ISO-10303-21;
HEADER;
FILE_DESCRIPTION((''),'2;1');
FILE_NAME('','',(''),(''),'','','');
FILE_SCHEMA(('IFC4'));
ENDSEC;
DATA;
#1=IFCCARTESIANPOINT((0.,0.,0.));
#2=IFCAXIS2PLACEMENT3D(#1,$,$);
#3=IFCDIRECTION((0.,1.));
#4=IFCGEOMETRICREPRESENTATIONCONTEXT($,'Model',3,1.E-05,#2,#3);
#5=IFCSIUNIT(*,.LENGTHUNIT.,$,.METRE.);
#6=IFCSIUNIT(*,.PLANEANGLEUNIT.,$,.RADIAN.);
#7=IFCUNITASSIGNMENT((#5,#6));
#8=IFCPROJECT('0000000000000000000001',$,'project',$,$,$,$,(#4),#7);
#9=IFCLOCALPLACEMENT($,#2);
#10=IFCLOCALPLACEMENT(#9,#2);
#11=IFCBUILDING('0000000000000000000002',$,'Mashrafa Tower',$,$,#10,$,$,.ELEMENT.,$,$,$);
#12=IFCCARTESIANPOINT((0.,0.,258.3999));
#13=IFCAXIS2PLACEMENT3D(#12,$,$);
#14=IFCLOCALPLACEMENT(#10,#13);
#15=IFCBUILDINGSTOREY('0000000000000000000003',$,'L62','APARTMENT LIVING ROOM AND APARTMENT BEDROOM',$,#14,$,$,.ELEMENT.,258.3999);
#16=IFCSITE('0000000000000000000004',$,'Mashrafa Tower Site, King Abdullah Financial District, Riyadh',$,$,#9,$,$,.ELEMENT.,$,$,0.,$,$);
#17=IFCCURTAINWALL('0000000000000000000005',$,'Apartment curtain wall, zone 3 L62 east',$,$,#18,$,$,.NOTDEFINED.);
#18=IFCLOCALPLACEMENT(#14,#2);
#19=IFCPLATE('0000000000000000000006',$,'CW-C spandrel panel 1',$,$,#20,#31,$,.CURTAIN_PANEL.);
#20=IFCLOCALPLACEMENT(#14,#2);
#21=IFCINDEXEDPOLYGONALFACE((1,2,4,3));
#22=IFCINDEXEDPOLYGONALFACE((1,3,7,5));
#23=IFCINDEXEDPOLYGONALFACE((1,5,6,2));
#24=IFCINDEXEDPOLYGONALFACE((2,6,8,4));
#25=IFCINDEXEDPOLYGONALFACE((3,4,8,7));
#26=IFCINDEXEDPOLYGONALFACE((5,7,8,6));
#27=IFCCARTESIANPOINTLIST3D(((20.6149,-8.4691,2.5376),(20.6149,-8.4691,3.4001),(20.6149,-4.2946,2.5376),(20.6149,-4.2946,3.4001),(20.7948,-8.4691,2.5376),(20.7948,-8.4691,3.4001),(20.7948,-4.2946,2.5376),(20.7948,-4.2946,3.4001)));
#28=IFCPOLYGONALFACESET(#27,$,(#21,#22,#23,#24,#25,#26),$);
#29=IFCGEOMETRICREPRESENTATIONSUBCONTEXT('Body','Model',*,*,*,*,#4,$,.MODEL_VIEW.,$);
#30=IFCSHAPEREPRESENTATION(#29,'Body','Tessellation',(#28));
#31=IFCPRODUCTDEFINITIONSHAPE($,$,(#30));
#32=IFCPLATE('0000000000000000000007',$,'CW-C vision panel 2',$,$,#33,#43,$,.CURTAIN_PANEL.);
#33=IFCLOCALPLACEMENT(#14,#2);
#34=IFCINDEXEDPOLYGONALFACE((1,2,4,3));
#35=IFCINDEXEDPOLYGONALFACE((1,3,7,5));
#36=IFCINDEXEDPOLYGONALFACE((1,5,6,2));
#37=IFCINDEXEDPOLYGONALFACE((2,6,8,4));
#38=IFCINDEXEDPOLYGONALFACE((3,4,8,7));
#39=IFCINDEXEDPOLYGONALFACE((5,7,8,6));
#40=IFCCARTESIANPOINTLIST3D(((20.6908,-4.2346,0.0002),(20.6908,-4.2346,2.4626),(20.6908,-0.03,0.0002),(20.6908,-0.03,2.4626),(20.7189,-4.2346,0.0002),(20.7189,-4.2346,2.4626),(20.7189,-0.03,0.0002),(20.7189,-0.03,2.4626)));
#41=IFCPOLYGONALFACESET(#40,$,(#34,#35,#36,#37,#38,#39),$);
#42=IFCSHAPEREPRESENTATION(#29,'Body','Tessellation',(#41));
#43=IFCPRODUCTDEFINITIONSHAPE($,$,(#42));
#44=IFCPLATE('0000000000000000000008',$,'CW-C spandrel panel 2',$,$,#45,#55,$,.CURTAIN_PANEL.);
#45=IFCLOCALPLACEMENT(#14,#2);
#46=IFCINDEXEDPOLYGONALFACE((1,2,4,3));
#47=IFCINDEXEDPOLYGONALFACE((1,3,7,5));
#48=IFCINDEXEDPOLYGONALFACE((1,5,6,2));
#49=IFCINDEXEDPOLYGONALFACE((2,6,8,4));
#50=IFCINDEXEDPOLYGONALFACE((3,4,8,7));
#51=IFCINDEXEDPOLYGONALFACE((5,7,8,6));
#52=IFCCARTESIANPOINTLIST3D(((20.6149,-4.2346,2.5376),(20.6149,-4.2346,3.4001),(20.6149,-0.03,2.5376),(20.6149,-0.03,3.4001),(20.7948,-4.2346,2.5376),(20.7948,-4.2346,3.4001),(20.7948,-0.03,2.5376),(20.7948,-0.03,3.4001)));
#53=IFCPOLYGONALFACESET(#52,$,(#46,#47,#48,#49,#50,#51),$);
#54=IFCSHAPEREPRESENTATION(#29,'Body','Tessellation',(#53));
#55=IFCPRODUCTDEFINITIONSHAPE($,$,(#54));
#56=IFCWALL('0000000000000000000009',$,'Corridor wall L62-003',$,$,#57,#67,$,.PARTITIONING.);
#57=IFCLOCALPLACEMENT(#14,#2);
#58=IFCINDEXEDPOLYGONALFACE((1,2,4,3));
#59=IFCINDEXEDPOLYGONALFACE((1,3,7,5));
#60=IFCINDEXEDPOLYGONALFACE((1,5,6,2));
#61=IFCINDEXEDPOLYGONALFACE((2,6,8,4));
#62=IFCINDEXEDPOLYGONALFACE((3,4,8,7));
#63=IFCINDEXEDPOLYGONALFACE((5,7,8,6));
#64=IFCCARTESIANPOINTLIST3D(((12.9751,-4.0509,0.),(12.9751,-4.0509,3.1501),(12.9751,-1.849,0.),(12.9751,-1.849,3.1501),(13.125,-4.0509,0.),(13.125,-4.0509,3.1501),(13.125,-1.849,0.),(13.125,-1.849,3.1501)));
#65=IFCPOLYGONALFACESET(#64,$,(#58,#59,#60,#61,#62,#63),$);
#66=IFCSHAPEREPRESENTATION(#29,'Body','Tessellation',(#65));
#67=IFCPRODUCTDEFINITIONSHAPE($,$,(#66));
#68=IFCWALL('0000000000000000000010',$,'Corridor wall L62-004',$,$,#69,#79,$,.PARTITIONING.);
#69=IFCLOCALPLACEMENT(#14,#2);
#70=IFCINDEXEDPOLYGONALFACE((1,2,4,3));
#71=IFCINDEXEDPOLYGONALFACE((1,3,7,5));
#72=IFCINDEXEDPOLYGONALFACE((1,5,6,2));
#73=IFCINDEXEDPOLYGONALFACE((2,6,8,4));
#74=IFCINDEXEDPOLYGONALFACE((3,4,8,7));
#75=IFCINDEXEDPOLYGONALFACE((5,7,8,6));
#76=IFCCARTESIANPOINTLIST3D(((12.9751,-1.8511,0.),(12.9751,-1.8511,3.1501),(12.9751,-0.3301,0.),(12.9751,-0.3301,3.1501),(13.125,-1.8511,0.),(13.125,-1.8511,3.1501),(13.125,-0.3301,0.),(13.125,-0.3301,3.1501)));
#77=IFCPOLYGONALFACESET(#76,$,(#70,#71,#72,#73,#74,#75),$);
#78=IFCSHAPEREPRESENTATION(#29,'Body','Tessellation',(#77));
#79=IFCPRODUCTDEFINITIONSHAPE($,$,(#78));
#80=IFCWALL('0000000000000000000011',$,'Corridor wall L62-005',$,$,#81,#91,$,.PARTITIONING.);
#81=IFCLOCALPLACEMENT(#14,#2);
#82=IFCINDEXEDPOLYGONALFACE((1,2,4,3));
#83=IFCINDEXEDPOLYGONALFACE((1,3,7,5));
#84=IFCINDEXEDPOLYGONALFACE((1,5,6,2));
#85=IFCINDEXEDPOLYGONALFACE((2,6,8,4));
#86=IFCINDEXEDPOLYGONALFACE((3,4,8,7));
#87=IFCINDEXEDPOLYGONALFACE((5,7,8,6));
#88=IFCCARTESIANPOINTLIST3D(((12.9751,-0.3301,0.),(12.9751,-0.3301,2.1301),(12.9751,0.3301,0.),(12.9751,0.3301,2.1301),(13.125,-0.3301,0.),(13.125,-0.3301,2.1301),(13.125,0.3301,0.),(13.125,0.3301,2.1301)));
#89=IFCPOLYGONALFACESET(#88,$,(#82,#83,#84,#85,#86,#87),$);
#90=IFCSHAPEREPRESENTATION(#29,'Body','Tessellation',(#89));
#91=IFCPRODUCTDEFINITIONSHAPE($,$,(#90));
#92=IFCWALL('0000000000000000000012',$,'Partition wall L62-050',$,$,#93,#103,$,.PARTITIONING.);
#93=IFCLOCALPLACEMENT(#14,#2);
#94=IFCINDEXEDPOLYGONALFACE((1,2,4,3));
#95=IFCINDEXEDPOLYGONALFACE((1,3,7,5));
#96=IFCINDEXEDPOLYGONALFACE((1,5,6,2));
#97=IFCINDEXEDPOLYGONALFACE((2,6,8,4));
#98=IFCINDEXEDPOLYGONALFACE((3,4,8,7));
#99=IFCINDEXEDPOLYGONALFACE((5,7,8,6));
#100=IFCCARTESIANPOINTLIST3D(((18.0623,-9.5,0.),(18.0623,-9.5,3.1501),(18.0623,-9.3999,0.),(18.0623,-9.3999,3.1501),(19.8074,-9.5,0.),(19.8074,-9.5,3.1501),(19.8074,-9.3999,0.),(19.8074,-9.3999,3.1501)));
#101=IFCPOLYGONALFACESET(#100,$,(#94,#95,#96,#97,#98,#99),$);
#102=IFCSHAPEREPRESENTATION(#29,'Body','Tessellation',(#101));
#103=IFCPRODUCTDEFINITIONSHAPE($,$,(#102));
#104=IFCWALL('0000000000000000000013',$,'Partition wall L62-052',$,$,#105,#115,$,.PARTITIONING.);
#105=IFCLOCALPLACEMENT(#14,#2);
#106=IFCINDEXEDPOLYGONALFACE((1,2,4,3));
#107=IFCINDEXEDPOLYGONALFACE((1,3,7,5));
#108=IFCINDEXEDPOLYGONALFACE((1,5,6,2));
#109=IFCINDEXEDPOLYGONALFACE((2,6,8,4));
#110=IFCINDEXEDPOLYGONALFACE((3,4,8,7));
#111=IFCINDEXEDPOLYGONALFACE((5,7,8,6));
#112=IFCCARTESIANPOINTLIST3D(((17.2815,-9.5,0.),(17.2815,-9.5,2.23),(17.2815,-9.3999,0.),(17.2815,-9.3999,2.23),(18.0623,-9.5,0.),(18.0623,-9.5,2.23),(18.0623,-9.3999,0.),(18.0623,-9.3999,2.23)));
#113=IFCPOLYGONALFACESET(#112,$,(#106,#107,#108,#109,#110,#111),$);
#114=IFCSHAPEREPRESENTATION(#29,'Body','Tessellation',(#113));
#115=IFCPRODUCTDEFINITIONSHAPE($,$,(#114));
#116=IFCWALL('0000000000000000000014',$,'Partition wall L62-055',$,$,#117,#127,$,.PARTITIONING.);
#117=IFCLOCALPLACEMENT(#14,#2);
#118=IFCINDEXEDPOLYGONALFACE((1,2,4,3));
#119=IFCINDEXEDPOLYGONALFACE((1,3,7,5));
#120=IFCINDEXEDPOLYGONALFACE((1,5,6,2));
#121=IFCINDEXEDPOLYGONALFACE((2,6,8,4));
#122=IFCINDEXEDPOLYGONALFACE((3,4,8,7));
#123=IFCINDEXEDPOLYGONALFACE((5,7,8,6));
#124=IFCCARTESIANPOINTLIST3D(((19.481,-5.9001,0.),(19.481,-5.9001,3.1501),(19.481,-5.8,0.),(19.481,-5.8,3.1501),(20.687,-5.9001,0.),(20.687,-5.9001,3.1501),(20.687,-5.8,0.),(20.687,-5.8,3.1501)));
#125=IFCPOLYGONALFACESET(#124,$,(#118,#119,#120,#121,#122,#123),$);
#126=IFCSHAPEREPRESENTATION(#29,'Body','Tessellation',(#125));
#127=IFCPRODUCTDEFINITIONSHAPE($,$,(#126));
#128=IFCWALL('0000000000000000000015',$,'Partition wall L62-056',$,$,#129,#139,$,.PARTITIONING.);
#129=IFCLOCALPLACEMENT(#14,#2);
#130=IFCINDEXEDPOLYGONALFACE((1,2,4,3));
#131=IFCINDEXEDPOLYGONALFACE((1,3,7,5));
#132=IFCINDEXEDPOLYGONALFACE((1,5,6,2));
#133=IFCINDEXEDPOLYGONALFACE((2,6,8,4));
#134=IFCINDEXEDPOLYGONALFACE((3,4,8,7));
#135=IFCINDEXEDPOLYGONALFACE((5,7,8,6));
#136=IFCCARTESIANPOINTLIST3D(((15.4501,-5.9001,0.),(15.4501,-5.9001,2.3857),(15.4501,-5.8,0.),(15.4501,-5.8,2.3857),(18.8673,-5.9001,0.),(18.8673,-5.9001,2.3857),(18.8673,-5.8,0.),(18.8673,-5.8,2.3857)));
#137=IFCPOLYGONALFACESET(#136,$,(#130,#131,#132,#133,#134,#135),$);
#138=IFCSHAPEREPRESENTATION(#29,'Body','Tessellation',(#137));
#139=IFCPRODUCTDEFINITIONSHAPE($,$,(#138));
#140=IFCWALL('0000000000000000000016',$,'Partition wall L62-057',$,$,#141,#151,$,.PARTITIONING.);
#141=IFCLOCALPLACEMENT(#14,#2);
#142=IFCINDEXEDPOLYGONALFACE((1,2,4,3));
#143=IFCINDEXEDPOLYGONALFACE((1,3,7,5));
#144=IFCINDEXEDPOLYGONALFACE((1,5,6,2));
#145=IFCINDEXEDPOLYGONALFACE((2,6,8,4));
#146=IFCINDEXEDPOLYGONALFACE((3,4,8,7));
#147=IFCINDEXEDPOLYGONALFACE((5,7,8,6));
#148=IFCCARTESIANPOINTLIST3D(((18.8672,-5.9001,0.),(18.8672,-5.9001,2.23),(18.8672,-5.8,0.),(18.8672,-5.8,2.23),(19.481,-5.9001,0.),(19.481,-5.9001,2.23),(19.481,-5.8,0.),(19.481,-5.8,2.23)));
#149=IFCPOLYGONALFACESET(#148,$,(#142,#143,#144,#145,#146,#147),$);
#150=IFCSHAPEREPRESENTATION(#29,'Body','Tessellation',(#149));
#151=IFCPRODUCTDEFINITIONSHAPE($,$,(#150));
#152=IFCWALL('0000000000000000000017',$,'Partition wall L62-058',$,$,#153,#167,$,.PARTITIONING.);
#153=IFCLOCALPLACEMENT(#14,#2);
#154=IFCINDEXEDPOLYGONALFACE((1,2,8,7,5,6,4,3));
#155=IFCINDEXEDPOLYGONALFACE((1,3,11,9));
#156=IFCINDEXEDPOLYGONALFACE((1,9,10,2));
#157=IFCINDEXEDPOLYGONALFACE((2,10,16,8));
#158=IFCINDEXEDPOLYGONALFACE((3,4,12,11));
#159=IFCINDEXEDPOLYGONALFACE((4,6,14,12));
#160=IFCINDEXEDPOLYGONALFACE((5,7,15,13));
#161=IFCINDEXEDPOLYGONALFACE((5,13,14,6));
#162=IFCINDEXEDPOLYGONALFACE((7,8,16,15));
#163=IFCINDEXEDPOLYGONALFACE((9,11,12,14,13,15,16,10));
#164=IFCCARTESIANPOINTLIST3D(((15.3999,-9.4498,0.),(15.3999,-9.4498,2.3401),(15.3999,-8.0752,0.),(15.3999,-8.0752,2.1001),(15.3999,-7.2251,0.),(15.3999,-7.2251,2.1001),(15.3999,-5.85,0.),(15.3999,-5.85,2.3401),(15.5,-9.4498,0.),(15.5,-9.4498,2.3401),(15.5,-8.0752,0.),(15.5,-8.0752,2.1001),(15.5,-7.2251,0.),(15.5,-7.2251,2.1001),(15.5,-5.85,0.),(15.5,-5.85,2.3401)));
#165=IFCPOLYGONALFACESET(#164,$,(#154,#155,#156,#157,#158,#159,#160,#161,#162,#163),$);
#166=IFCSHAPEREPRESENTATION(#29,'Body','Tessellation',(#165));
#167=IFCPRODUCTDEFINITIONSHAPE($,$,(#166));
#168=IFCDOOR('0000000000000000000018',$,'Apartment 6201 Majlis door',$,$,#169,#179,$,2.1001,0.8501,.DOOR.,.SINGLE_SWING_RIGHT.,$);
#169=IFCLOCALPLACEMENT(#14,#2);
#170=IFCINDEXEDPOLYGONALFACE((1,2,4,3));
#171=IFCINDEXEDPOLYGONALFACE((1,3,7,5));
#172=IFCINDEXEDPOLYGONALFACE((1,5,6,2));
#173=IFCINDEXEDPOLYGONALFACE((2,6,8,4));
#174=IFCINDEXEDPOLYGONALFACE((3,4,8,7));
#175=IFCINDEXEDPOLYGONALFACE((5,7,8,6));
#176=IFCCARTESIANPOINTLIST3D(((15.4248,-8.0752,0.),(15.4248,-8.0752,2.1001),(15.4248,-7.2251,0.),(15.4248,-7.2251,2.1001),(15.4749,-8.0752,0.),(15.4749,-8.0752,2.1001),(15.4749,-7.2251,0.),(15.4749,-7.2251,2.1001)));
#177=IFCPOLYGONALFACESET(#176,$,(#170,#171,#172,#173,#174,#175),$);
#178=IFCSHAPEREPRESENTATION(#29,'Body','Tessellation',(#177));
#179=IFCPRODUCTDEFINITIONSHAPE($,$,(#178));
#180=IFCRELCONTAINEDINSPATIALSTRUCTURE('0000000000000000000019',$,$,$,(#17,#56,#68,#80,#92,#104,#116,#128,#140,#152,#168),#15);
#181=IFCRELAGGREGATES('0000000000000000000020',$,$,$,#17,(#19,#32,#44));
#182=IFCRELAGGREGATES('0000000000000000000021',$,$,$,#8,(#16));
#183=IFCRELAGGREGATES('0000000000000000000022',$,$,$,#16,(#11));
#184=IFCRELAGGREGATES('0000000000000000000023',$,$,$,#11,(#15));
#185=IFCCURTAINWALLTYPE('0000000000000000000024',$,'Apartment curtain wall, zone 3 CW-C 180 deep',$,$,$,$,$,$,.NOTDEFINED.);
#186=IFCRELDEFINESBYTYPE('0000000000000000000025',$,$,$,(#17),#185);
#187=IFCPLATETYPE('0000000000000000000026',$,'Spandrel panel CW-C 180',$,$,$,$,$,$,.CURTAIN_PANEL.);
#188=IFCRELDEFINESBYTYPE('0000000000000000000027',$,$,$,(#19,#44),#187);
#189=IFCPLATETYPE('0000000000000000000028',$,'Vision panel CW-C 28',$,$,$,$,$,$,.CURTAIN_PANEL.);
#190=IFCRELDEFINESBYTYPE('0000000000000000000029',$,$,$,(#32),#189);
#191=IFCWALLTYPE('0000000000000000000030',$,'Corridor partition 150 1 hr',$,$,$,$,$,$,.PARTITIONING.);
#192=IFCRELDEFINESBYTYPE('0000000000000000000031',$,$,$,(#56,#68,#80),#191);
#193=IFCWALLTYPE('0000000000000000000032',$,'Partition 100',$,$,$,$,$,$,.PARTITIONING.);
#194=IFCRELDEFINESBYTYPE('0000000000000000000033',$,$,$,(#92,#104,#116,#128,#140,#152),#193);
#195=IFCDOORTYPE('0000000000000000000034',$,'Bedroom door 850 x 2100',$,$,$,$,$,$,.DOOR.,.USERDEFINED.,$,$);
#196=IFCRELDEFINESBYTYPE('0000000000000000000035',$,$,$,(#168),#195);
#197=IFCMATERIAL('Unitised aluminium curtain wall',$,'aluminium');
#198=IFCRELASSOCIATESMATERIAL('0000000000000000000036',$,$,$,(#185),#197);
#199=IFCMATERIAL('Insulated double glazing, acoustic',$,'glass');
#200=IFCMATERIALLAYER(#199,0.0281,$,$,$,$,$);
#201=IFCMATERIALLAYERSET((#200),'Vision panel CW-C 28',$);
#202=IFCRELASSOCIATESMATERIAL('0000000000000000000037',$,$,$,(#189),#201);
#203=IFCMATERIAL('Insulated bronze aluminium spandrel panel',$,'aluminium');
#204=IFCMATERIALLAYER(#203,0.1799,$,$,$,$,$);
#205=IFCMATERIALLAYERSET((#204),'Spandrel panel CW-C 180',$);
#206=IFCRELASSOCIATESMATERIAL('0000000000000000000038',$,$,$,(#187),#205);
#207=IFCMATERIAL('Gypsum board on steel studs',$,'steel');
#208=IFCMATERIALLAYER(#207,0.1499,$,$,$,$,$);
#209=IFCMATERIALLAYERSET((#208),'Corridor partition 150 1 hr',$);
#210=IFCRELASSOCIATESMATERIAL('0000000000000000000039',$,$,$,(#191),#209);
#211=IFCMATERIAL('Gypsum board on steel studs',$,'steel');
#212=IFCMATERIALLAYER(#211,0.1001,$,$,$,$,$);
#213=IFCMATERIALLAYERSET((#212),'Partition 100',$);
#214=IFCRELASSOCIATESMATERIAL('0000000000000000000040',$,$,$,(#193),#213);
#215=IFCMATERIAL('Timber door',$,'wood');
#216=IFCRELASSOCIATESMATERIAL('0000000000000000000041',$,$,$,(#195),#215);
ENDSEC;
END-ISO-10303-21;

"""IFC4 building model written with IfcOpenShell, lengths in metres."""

from ifc_helpers import new_model, si_unit, direction, frame, frame_2d, origin, origin_2d, place, context, subcontext, project, spatial, rectangle, extrude, source, transform, mapped, material, layer, layer_set, type_object, type_shapes, element, fill, aggregate, save


model = new_model("IFC4")

# Units and contexts
model_context = context("Model", 3, precision=1e-05, world=origin(), true_north=direction((0.0, 1.0)))
body_context = subcontext(model_context, "Body", "Model", "MODEL_VIEW")
ifc_project = project(units=[si_unit("LENGTHUNIT", "METRE"), si_unit("PLANEANGLEUNIT", "RADIAN")], contexts=[model_context])

# Site, building, storey
site_placement = place(None, origin())
site = spatial("IfcSite", under=ifc_project, at=site_placement, Name="Mashrafa Tower Site, King Abdullah Financial District, Riyadh", CompositionType="ELEMENT", RefElevation=0.0)
building_placement = place(site_placement, origin())
building = spatial("IfcBuilding", under=site, at=building_placement, Name="Mashrafa Tower", CompositionType="ELEMENT")
storey_placement = place(building_placement, frame((0.0, 0.0, 258.3999)))
storey = spatial("IfcBuildingStorey", under=building, at=storey_placement, Name="L62", Description="APARTMENT LIVING ROOM AND APARTMENT BEDROOM", CompositionType="ELEMENT", Elevation=258.3999)

# Curtain wall
ifc_material_1 = material(Name="Unitised aluminium curtain wall", Category="aluminium")
curtain_wall_type = type_object("IfcCurtainWallType", Name="Apartment curtain wall, zone 3 CW-C 180 deep", PredefinedType="NOTDEFINED", material=ifc_material_1)
curtain_wall_1_placement = place(storey_placement, origin())
curtain_wall_1 = element("IfcCurtainWall", 1, at=curtain_wall_1_placement, inside=storey, type_object=curtain_wall_type, Name="Apartment curtain wall, zone 3 L62 east", PredefinedType="NOTDEFINED")

# Plates
ifc_material_2 = material(Name="Insulated double glazing, acoustic", Category="glass")
ifc_layer_1 = layer(ifc_material_2, 0.0281)
ifc_layer_set_1 = layer_set([ifc_layer_1], Name="Vision panel CW-C 28")
plate_type_1 = type_object("IfcPlateType", Name="Vision panel CW-C 28", PredefinedType="CURTAIN_PANEL", material=ifc_layer_set_1)
ifc_material_3 = material(Name="Insulated bronze aluminium spandrel panel", Category="aluminium")
ifc_layer_2 = layer(ifc_material_3, 0.1799)
ifc_layer_set_2 = layer_set([ifc_layer_2], Name="Spandrel panel CW-C 180")
plate_type_2 = type_object("IfcPlateType", Name="Spandrel panel CW-C 180", PredefinedType="CURTAIN_PANEL", material=ifc_layer_set_2)
shared_shape_1 = source(origin(), body_context, "Body", "SweptSolid", [
    extrude(rectangle(XDim=4.1746, YDim=0.1799, at=origin_2d()), origin(), (0.0, 0.0, 1.0), 0.8625),
])
plate_1_placement = place(storey_placement, frame((20.7048, -6.3818, 2.5376), z_axis=(0.0, 0.0, 1.0), x_axis=(0.0, 1.0, 0.0)))
plate_1 = element("IfcPlate", 2, at=plate_1_placement, type_object=plate_type_2, Name="CW-C spandrel panel 1", PredefinedType="CURTAIN_PANEL", context=body_context, shape_type="MappedRepresentation", body=[
    mapped(shared_shape_1, transform((0.0, 0.0, 0.0))),
])
shared_shape_2 = source(origin(), body_context, "Body", "SweptSolid", [
    extrude(rectangle(XDim=4.2046, YDim=0.0281, at=origin_2d()), origin(), (0.0, 0.0, 1.0), 2.4624),
])
plate_2_placement = place(storey_placement, frame((20.7048, -2.1323, 0.0002), z_axis=(0.0, 0.0, 1.0), x_axis=(0.0, 1.0, 0.0)))
plate_2 = element("IfcPlate", 3, at=plate_2_placement, type_object=plate_type_1, Name="CW-C vision panel 2", PredefinedType="CURTAIN_PANEL", context=body_context, shape_type="MappedRepresentation", body=[
    mapped(shared_shape_2, transform((0.0, 0.0, 0.0))),
])
shared_shape_3 = source(origin(), body_context, "Body", "SweptSolid", [
    extrude(rectangle(XDim=4.2046, YDim=0.1799, at=origin_2d()), origin(), (0.0, 0.0, 1.0), 0.8625),
])
type_shapes(plate_type_2, [shared_shape_1, shared_shape_3])
plate_3_placement = place(storey_placement, frame((20.7048, -2.1323, 2.5376), z_axis=(0.0, 0.0, 1.0), x_axis=(0.0, 1.0, 0.0)))
plate_3 = element("IfcPlate", 4, at=plate_3_placement, type_object=plate_type_2, Name="CW-C spandrel panel 2", PredefinedType="CURTAIN_PANEL", context=body_context, shape_type="MappedRepresentation", body=[
    mapped(shared_shape_3, transform((0.0, 0.0, 0.0))),
])
aggregate(curtain_wall_1, [plate_1, plate_2, plate_3])

# Walls
ifc_material_4 = material(Name="Gypsum board on steel studs", Category="steel")
ifc_layer_3 = layer(ifc_material_4, 0.1499)
ifc_layer_set_3 = layer_set([ifc_layer_3], Name="Corridor partition 150 1 hr")
wall_type_1 = type_object("IfcWallType", Name="Corridor partition 150 1 hr", PredefinedType="PARTITIONING", material=ifc_layer_set_3)
wall_1_placement = place(storey_placement, frame((13.05, -4.051, 0.0), z_axis=(0.0, 0.0, 1.0), x_axis=(0.0, 1.0, 0.0)))
element("IfcWall", 5, at=wall_1_placement, inside=storey, type_object=wall_type_1, Name="Corridor wall L62-003", PredefinedType="PARTITIONING", context=body_context, shape_type="SweptSolid", body=[
    extrude(rectangle(XDim=2.2019, YDim=0.1499, at=frame_2d((1.1011, 0.0))), origin(), (0.0, 0.0, 1.0), 3.1501),
])
wall_2_placement = place(storey_placement, frame((13.05, -1.8511, 0.0), z_axis=(0.0, 0.0, 1.0), x_axis=(0.0, 1.0, 0.0)))
element("IfcWall", 6, at=wall_2_placement, inside=storey, type_object=wall_type_1, Name="Corridor wall L62-004", PredefinedType="PARTITIONING", context=body_context, shape_type="SweptSolid", body=[
    extrude(rectangle(XDim=1.521, YDim=0.1499, at=frame_2d((0.7605, 0.0))), origin(), (0.0, 0.0, 1.0), 3.1501),
])
wall_3_placement = place(storey_placement, frame((13.05, -0.3301, 0.0), z_axis=(0.0, 0.0, 1.0), x_axis=(0.0, 1.0, 0.0)))
element("IfcWall", 7, at=wall_3_placement, inside=storey, type_object=wall_type_1, Name="Corridor wall L62-005", PredefinedType="PARTITIONING", context=body_context, shape_type="SweptSolid", body=[
    extrude(rectangle(XDim=0.6602, YDim=0.1499, at=frame_2d((0.3301, 0.0))), origin(), (0.0, 0.0, 1.0), 2.1301),
])
ifc_material_5 = material(Name="Gypsum board on steel studs", Category="steel")
ifc_layer_4 = layer(ifc_material_5, 0.1001)
ifc_layer_set_4 = layer_set([ifc_layer_4], Name="Partition 100")
wall_type_2 = type_object("IfcWallType", Name="Partition 100", PredefinedType="PARTITIONING", material=ifc_layer_set_4)
wall_4_placement = place(storey_placement, frame((19.8074, -9.45, 0.0), z_axis=(0.0, 0.0, 1.0), x_axis=(-1.0, 0.0, 0.0)))
element("IfcWall", 8, at=wall_4_placement, inside=storey, type_object=wall_type_2, Name="Partition wall L62-050", PredefinedType="PARTITIONING", context=body_context, shape_type="SweptSolid", body=[
    extrude(rectangle(XDim=1.7451, YDim=0.1001, at=frame_2d((0.8726, 0.0))), origin(), (0.0, 0.0, 1.0), 3.1501),
])
wall_5_placement = place(storey_placement, frame((18.0623, -9.45, 0.0), z_axis=(0.0, 0.0, 1.0), x_axis=(-1.0, 0.0, 0.0)))
element("IfcWall", 9, at=wall_5_placement, inside=storey, type_object=wall_type_2, Name="Partition wall L62-052", PredefinedType="PARTITIONING", context=body_context, shape_type="SweptSolid", body=[
    extrude(rectangle(XDim=0.7808, YDim=0.1001, at=frame_2d((0.3904, 0.0))), origin(), (0.0, 0.0, 1.0), 2.23),
])
wall_6_placement = place(storey_placement, frame((20.687, -5.8501, 0.0), z_axis=(0.0, 0.0, 1.0), x_axis=(-1.0, 0.0, 0.0)))
element("IfcWall", 10, at=wall_6_placement, inside=storey, type_object=wall_type_2, Name="Partition wall L62-055", PredefinedType="PARTITIONING", context=body_context, shape_type="SweptSolid", body=[
    extrude(rectangle(XDim=1.2061, YDim=0.1001, at=frame_2d((0.603, 0.0))), origin(), (0.0, 0.0, 1.0), 3.1501),
])
wall_7_placement = place(storey_placement, frame((18.8672, -5.8501, 0.0), z_axis=(0.0, 0.0, 1.0), x_axis=(-1.0, 0.0, 0.0)))
element("IfcWall", 11, at=wall_7_placement, inside=storey, type_object=wall_type_2, Name="Partition wall L62-056", PredefinedType="PARTITIONING", context=body_context, shape_type="SweptSolid", body=[
    extrude(rectangle(XDim=3.4172, YDim=0.1001, at=frame_2d((1.7085, 0.0))), origin(), (0.0, 0.0, 1.0), 2.3857),
])
wall_8_placement = place(storey_placement, frame((19.481, -5.8501, 0.0), z_axis=(0.0, 0.0, 1.0), x_axis=(-1.0, 0.0, 0.0)))
element("IfcWall", 12, at=wall_8_placement, inside=storey, type_object=wall_type_2, Name="Partition wall L62-057", PredefinedType="PARTITIONING", context=body_context, shape_type="SweptSolid", body=[
    extrude(rectangle(XDim=0.6138, YDim=0.1001, at=frame_2d((0.3069, 0.0))), origin(), (0.0, 0.0, 1.0), 2.23),
])

# Wall, opening, door
wall_9_placement = place(storey_placement, frame((15.45, -5.8501, 0.0), z_axis=(0.0, 0.0, 1.0), x_axis=(0.0, -1.0, 0.0)))
wall_9 = element("IfcWall", 13, at=wall_9_placement, inside=storey, type_object=wall_type_2, Name="Partition wall L62-058", PredefinedType="PARTITIONING", context=body_context, shape_type="SweptSolid", body=[
    extrude(rectangle(XDim=3.5999, YDim=0.1001, at=frame_2d((1.7998, 0.0))), origin(), (0.0, 0.0, 1.0), 2.3401),
])
opening_1_placement = place(wall_9_placement, frame((1.375, 0.0, 0.0)))
opening_1 = element("IfcOpeningElement", 14, at=opening_1_placement, cuts=wall_9, PredefinedType="OPENING", context=body_context, shape_type="SweptSolid", body=[
    extrude(rectangle(XDim=0.8501, YDim=2.1001, at=frame_2d((0.425, 1.05))), frame((0.0, 0.0601, 0.0), z_axis=(0.0, -1.0, 0.0), x_axis=(1.0, 0.0, 0.0)), (0.0, 0.0, 1.0), 0.1201),
])
ifc_material_6 = material(Name="Timber door", Category="wood")
door_type_1 = type_object("IfcDoorType", Name="Bedroom door 850 x 2100", OperationType="USERDEFINED", PredefinedType="DOOR", material=ifc_material_6)
door_1_placement = place(opening_1_placement, origin())
door_1 = element("IfcDoor", 15, at=door_1_placement, inside=storey, type_object=door_type_1, Name="Apartment 6201 Majlis door", OperationType="SINGLE_SWING_RIGHT", OverallHeight=2.1001, OverallWidth=0.8501, PredefinedType="DOOR", context=body_context, shape_type="SweptSolid", body=[
    extrude(rectangle(XDim=0.8501, YDim=2.1001, at=frame_2d((0.425, 1.05))), frame((0.0, 0.0249, 0.0), z_axis=(0.0, -1.0, 0.0), x_axis=(1.0, 0.0, 0.0)), (0.0, 0.0, 1.0), 0.05),
])
fill(opening_1, door_1)

save(model, "model.ifc")
